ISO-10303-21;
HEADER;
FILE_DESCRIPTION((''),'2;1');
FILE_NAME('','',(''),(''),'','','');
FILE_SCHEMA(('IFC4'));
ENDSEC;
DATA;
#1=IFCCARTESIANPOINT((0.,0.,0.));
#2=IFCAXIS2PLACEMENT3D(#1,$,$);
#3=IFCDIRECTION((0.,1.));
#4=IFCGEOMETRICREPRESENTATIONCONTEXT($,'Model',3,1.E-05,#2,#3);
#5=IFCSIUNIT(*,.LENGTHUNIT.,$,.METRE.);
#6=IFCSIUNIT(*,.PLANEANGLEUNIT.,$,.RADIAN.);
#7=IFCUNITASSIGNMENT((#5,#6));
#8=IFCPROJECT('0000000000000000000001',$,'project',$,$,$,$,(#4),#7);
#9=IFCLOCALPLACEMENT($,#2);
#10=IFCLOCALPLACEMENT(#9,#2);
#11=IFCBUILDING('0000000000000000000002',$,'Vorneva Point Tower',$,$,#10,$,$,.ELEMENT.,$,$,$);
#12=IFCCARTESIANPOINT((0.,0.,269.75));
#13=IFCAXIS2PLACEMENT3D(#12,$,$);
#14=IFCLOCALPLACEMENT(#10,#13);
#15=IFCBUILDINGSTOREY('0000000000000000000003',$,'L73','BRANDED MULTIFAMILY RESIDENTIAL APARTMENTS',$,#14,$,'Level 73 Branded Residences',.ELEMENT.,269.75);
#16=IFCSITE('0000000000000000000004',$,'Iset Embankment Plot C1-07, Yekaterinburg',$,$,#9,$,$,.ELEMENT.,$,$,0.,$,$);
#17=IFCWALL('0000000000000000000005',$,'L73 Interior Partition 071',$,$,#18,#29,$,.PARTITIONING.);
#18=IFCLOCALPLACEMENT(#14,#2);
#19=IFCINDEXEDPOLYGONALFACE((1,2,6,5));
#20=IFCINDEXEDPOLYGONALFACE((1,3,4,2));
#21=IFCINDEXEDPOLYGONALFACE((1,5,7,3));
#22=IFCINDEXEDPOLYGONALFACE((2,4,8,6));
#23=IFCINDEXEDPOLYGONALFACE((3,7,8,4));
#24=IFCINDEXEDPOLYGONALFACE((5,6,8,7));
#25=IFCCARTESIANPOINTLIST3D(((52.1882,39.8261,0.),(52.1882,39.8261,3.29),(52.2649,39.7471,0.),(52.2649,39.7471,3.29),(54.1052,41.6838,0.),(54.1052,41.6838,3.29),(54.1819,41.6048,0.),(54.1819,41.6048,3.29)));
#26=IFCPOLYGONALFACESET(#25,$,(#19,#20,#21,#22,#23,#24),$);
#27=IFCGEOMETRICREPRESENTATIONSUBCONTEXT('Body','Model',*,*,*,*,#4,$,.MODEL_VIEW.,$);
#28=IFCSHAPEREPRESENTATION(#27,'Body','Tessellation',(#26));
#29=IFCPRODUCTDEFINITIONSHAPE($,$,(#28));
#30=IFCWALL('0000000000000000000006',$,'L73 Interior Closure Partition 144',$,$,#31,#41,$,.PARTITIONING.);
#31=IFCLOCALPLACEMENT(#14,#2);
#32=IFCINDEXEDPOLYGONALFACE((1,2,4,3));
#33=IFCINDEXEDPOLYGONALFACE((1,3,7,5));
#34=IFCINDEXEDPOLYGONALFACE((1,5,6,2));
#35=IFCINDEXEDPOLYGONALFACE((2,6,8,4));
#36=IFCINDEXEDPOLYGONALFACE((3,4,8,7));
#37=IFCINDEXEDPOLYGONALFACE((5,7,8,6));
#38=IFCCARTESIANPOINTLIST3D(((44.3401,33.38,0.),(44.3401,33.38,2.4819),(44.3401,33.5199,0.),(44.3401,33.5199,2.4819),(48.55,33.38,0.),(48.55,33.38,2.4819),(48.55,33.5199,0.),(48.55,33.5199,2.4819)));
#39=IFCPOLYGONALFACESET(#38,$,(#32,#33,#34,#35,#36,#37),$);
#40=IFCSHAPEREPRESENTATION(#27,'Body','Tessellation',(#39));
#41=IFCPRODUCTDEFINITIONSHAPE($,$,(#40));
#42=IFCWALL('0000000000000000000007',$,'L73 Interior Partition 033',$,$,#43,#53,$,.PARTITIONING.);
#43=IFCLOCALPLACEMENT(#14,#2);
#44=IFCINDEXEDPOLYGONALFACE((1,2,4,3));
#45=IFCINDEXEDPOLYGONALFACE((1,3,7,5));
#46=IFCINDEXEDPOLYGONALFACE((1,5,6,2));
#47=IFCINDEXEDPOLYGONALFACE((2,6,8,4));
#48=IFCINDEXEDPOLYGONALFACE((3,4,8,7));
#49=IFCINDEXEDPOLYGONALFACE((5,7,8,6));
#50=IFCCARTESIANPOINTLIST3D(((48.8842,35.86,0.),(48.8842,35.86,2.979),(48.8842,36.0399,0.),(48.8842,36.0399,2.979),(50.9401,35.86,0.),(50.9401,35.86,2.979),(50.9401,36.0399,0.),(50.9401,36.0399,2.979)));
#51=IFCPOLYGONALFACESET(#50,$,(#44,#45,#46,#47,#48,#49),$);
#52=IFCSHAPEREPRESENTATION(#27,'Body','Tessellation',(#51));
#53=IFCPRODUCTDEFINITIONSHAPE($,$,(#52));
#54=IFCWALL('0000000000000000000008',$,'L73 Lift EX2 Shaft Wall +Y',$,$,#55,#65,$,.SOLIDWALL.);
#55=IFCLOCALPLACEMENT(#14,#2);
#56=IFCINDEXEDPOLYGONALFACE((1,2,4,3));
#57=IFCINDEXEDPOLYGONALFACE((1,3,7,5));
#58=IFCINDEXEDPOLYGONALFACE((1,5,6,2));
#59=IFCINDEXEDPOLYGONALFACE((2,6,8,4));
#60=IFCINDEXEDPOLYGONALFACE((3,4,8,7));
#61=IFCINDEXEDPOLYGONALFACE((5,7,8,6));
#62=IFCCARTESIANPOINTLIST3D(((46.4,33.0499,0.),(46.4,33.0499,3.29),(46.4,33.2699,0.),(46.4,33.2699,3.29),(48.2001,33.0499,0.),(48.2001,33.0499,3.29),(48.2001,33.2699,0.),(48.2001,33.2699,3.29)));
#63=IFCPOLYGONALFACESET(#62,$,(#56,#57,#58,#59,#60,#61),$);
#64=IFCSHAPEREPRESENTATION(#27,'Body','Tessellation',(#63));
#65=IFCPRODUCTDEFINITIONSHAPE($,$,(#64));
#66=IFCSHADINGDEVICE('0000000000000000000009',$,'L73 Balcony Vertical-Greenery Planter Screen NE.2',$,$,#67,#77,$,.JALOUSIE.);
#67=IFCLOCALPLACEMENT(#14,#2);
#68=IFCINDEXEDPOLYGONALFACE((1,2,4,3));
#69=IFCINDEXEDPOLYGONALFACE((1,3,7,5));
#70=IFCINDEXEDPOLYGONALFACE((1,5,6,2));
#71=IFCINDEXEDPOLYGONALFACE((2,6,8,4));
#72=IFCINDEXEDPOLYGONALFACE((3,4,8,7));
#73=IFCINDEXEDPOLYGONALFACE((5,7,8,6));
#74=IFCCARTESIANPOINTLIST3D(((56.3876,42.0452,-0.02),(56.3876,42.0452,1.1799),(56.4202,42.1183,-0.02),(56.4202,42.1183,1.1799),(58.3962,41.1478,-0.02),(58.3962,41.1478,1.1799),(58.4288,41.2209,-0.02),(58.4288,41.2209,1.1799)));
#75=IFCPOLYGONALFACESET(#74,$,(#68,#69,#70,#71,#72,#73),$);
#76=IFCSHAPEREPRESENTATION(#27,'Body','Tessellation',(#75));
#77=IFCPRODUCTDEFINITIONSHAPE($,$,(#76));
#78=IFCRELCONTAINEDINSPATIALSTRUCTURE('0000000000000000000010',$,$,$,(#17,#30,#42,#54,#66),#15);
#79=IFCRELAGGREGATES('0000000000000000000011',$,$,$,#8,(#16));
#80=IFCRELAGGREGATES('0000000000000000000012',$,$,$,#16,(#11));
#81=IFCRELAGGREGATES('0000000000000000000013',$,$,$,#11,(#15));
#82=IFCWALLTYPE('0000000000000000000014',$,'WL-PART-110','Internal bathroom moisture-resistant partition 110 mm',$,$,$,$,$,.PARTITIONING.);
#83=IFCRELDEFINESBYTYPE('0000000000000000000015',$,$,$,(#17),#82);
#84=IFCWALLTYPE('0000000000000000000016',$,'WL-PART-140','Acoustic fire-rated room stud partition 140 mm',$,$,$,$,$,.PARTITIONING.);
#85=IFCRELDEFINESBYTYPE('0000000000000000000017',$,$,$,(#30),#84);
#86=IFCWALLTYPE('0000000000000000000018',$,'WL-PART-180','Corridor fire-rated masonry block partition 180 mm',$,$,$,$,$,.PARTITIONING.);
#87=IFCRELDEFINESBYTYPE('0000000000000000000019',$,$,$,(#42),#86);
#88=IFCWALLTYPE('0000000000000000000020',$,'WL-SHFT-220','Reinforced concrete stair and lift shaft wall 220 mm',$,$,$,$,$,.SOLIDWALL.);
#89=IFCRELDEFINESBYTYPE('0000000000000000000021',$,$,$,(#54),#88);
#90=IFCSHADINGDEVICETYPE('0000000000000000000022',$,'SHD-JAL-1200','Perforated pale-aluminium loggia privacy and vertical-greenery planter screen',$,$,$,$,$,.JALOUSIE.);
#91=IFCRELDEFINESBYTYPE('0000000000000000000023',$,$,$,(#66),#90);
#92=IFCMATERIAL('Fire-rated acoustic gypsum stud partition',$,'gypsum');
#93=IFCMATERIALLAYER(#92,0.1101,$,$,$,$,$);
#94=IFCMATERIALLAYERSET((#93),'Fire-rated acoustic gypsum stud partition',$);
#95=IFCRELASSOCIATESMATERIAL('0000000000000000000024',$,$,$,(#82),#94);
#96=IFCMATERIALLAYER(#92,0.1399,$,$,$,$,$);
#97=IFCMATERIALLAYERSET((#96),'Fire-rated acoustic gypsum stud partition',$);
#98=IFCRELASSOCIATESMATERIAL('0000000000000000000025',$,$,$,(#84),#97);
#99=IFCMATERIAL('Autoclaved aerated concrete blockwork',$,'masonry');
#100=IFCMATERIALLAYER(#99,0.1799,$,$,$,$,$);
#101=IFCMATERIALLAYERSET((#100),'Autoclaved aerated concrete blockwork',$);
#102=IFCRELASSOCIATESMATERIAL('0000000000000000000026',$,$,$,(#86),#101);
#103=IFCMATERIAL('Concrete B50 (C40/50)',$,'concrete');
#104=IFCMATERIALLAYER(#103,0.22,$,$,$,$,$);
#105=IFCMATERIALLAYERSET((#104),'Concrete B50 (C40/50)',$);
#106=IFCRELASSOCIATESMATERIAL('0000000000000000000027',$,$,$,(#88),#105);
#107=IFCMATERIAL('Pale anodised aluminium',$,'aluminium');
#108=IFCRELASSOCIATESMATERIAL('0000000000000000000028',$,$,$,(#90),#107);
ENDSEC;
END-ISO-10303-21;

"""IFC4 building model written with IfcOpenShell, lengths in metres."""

from ifc_helpers import new_model, si_unit, direction, frame, frame_2d, origin, origin_2d, place, context, subcontext, project, spatial, rectangle, extrude, material, layer, layer_set, type_object, element, save


model = new_model("IFC4")

# Units and contexts
model_context = context("Model", 3, precision=1e-05, world=origin(), true_north=direction((0.0, 1.0)))
body_context = subcontext(model_context, "Body", "Model", "MODEL_VIEW")
ifc_project = project(units=[si_unit("LENGTHUNIT", "METRE"), si_unit("PLANEANGLEUNIT", "RADIAN")], contexts=[model_context])

# Site, building, storey
site_placement = place(None, origin())
site = spatial("IfcSite", under=ifc_project, at=site_placement, Name="Iset Embankment Plot C1-07, Yekaterinburg", CompositionType="ELEMENT", RefElevation=0.0)
building_placement = place(site_placement, origin())
building = spatial("IfcBuilding", under=site, at=building_placement, Name="Vorneva Point Tower", CompositionType="ELEMENT")
storey_placement = place(building_placement, frame((0.0, 0.0, 269.75)))
storey = spatial("IfcBuildingStorey", under=building, at=storey_placement, Name="L73", Description="BRANDED MULTIFAMILY RESIDENTIAL APARTMENTS", LongName="Level 73 Branded Residences", CompositionType="ELEMENT", Elevation=269.75)

# Shared definitions
ifc_material_1 = material(Name="Concrete B50 (C40/50)", Category="concrete")

# Shared definitions
ifc_material_2 = material(Name="Pale anodised aluminium", Category="aluminium")

# Shared definitions
ifc_material_3 = material(Name="Fire-rated acoustic gypsum stud partition", Category="gypsum")
ifc_layer_1 = layer(ifc_material_3, 0.1101)
ifc_layer_set_1 = layer_set([ifc_layer_1], Name="Fire-rated acoustic gypsum stud partition")
wall_type_1 = type_object("IfcWallType", Name="WL-PART-110", Description="Internal bathroom moisture-resistant partition 110 mm", PredefinedType="PARTITIONING", material=ifc_layer_set_1)

# Walls
wall_1_placement = place(storey_placement, frame((54.1436, 41.6443, 0.0), z_axis=(0.0, 0.0, 1.0), x_axis=(-0.718132, -0.695907, 0.0)))
element("IfcWall", 1, at=wall_1_placement, inside=storey, type_object=wall_type_1, Name="L73 Interior Partition 071", PredefinedType="PARTITIONING", context=body_context, shape_type="SweptSolid", body=[
    extrude(rectangle(XDim=2.6694, YDim=0.1101, at=frame_2d((1.3347, 0.0))), origin(), (0.0, 0.0, 1.0), 3.29),
])
ifc_layer_2 = layer(ifc_material_3, 0.1399)
ifc_layer_set_2 = layer_set([ifc_layer_2], Name="Fire-rated acoustic gypsum stud partition")
wall_type_2 = type_object("IfcWallType", Name="WL-PART-140", Description="Acoustic fire-rated room stud partition 140 mm", PredefinedType="PARTITIONING", material=ifc_layer_set_2)
wall_2_placement = place(storey_placement, frame((48.55, 33.45, 0.0), z_axis=(0.0, 0.0, 1.0), x_axis=(-1.0, 0.0, 0.0)))
element("IfcWall", 2, at=wall_2_placement, inside=storey, type_object=wall_type_2, Name="L73 Interior Closure Partition 144", PredefinedType="PARTITIONING", context=body_context, shape_type="SweptSolid", body=[
    extrude(rectangle(XDim=4.21, YDim=0.1399, at=frame_2d((2.105, 0.0))), origin(), (0.0, 0.0, 1.0), 2.4819),
])

# Shared definitions
ifc_material_4 = material(Name="Autoclaved aerated concrete blockwork", Category="masonry")
ifc_layer_3 = layer(ifc_material_4, 0.1799)
ifc_layer_set_3 = layer_set([ifc_layer_3], Name="Autoclaved aerated concrete blockwork")
wall_type_3 = type_object("IfcWallType", Name="WL-PART-180", Description="Corridor fire-rated masonry block partition 180 mm", PredefinedType="PARTITIONING", material=ifc_layer_set_3)

# Walls
wall_3_placement = place(storey_placement, frame((50.9399, 35.95, 0.0), z_axis=(0.0, 0.0, 1.0), x_axis=(-1.0, 0.0, 0.0)))
element("IfcWall", 3, at=wall_3_placement, inside=storey, type_object=wall_type_3, Name="L73 Interior Partition 033", PredefinedType="PARTITIONING", context=body_context, shape_type="SweptSolid", body=[
    extrude(rectangle(XDim=2.0559, YDim=0.1799, at=frame_2d((1.0278, 0.0))), origin(), (0.0, 0.0, 1.0), 2.979),
])
ifc_layer_4 = layer(ifc_material_1, 0.22)
ifc_layer_set_4 = layer_set([ifc_layer_4], Name="Concrete B50 (C40/50)")
wall_type_4 = type_object("IfcWallType", Name="WL-SHFT-220", Description="Reinforced concrete stair and lift shaft wall 220 mm", PredefinedType="SOLIDWALL", material=ifc_layer_set_4)
wall_4_placement = place(storey_placement, frame((48.2, 33.1599, 0.0), z_axis=(0.0, 0.0, 1.0), x_axis=(-1.0, 0.0, 0.0)))
element("IfcWall", 4, at=wall_4_placement, inside=storey, type_object=wall_type_4, Name="L73 Lift EX2 Shaft Wall +Y", PredefinedType="SOLIDWALL", context=body_context, shape_type="SweptSolid", body=[
    extrude(rectangle(XDim=1.8, YDim=0.22, at=frame_2d((0.8999, 0.0))), origin(), (0.0, 0.0, 1.0), 3.29),
])

# Shading device
shading_device_type = type_object("IfcShadingDeviceType", Name="SHD-JAL-1200", Description="Perforated pale-aluminium loggia privacy and vertical-greenery planter screen", PredefinedType="JALOUSIE", material=ifc_material_2)
shading_device_placement = place(storey_placement, frame((57.4082, 41.6331, -0.02), z_axis=(0.0, 0.0, 1.0), x_axis=(-0.913012, 0.407932, 0.0)))
element("IfcShadingDevice", 5, at=shading_device_placement, inside=storey, type_object=shading_device_type, Name="L73 Balcony Vertical-Greenery Planter Screen NE.2", PredefinedType="JALOUSIE", context=body_context, shape_type="SweptSolid", body=[
    extrude(rectangle(XDim=2.2, YDim=0.0801, at=origin_2d()), origin(), (0.0, 0.0, 1.0), 1.2),
])

save(model, "model.ifc")
